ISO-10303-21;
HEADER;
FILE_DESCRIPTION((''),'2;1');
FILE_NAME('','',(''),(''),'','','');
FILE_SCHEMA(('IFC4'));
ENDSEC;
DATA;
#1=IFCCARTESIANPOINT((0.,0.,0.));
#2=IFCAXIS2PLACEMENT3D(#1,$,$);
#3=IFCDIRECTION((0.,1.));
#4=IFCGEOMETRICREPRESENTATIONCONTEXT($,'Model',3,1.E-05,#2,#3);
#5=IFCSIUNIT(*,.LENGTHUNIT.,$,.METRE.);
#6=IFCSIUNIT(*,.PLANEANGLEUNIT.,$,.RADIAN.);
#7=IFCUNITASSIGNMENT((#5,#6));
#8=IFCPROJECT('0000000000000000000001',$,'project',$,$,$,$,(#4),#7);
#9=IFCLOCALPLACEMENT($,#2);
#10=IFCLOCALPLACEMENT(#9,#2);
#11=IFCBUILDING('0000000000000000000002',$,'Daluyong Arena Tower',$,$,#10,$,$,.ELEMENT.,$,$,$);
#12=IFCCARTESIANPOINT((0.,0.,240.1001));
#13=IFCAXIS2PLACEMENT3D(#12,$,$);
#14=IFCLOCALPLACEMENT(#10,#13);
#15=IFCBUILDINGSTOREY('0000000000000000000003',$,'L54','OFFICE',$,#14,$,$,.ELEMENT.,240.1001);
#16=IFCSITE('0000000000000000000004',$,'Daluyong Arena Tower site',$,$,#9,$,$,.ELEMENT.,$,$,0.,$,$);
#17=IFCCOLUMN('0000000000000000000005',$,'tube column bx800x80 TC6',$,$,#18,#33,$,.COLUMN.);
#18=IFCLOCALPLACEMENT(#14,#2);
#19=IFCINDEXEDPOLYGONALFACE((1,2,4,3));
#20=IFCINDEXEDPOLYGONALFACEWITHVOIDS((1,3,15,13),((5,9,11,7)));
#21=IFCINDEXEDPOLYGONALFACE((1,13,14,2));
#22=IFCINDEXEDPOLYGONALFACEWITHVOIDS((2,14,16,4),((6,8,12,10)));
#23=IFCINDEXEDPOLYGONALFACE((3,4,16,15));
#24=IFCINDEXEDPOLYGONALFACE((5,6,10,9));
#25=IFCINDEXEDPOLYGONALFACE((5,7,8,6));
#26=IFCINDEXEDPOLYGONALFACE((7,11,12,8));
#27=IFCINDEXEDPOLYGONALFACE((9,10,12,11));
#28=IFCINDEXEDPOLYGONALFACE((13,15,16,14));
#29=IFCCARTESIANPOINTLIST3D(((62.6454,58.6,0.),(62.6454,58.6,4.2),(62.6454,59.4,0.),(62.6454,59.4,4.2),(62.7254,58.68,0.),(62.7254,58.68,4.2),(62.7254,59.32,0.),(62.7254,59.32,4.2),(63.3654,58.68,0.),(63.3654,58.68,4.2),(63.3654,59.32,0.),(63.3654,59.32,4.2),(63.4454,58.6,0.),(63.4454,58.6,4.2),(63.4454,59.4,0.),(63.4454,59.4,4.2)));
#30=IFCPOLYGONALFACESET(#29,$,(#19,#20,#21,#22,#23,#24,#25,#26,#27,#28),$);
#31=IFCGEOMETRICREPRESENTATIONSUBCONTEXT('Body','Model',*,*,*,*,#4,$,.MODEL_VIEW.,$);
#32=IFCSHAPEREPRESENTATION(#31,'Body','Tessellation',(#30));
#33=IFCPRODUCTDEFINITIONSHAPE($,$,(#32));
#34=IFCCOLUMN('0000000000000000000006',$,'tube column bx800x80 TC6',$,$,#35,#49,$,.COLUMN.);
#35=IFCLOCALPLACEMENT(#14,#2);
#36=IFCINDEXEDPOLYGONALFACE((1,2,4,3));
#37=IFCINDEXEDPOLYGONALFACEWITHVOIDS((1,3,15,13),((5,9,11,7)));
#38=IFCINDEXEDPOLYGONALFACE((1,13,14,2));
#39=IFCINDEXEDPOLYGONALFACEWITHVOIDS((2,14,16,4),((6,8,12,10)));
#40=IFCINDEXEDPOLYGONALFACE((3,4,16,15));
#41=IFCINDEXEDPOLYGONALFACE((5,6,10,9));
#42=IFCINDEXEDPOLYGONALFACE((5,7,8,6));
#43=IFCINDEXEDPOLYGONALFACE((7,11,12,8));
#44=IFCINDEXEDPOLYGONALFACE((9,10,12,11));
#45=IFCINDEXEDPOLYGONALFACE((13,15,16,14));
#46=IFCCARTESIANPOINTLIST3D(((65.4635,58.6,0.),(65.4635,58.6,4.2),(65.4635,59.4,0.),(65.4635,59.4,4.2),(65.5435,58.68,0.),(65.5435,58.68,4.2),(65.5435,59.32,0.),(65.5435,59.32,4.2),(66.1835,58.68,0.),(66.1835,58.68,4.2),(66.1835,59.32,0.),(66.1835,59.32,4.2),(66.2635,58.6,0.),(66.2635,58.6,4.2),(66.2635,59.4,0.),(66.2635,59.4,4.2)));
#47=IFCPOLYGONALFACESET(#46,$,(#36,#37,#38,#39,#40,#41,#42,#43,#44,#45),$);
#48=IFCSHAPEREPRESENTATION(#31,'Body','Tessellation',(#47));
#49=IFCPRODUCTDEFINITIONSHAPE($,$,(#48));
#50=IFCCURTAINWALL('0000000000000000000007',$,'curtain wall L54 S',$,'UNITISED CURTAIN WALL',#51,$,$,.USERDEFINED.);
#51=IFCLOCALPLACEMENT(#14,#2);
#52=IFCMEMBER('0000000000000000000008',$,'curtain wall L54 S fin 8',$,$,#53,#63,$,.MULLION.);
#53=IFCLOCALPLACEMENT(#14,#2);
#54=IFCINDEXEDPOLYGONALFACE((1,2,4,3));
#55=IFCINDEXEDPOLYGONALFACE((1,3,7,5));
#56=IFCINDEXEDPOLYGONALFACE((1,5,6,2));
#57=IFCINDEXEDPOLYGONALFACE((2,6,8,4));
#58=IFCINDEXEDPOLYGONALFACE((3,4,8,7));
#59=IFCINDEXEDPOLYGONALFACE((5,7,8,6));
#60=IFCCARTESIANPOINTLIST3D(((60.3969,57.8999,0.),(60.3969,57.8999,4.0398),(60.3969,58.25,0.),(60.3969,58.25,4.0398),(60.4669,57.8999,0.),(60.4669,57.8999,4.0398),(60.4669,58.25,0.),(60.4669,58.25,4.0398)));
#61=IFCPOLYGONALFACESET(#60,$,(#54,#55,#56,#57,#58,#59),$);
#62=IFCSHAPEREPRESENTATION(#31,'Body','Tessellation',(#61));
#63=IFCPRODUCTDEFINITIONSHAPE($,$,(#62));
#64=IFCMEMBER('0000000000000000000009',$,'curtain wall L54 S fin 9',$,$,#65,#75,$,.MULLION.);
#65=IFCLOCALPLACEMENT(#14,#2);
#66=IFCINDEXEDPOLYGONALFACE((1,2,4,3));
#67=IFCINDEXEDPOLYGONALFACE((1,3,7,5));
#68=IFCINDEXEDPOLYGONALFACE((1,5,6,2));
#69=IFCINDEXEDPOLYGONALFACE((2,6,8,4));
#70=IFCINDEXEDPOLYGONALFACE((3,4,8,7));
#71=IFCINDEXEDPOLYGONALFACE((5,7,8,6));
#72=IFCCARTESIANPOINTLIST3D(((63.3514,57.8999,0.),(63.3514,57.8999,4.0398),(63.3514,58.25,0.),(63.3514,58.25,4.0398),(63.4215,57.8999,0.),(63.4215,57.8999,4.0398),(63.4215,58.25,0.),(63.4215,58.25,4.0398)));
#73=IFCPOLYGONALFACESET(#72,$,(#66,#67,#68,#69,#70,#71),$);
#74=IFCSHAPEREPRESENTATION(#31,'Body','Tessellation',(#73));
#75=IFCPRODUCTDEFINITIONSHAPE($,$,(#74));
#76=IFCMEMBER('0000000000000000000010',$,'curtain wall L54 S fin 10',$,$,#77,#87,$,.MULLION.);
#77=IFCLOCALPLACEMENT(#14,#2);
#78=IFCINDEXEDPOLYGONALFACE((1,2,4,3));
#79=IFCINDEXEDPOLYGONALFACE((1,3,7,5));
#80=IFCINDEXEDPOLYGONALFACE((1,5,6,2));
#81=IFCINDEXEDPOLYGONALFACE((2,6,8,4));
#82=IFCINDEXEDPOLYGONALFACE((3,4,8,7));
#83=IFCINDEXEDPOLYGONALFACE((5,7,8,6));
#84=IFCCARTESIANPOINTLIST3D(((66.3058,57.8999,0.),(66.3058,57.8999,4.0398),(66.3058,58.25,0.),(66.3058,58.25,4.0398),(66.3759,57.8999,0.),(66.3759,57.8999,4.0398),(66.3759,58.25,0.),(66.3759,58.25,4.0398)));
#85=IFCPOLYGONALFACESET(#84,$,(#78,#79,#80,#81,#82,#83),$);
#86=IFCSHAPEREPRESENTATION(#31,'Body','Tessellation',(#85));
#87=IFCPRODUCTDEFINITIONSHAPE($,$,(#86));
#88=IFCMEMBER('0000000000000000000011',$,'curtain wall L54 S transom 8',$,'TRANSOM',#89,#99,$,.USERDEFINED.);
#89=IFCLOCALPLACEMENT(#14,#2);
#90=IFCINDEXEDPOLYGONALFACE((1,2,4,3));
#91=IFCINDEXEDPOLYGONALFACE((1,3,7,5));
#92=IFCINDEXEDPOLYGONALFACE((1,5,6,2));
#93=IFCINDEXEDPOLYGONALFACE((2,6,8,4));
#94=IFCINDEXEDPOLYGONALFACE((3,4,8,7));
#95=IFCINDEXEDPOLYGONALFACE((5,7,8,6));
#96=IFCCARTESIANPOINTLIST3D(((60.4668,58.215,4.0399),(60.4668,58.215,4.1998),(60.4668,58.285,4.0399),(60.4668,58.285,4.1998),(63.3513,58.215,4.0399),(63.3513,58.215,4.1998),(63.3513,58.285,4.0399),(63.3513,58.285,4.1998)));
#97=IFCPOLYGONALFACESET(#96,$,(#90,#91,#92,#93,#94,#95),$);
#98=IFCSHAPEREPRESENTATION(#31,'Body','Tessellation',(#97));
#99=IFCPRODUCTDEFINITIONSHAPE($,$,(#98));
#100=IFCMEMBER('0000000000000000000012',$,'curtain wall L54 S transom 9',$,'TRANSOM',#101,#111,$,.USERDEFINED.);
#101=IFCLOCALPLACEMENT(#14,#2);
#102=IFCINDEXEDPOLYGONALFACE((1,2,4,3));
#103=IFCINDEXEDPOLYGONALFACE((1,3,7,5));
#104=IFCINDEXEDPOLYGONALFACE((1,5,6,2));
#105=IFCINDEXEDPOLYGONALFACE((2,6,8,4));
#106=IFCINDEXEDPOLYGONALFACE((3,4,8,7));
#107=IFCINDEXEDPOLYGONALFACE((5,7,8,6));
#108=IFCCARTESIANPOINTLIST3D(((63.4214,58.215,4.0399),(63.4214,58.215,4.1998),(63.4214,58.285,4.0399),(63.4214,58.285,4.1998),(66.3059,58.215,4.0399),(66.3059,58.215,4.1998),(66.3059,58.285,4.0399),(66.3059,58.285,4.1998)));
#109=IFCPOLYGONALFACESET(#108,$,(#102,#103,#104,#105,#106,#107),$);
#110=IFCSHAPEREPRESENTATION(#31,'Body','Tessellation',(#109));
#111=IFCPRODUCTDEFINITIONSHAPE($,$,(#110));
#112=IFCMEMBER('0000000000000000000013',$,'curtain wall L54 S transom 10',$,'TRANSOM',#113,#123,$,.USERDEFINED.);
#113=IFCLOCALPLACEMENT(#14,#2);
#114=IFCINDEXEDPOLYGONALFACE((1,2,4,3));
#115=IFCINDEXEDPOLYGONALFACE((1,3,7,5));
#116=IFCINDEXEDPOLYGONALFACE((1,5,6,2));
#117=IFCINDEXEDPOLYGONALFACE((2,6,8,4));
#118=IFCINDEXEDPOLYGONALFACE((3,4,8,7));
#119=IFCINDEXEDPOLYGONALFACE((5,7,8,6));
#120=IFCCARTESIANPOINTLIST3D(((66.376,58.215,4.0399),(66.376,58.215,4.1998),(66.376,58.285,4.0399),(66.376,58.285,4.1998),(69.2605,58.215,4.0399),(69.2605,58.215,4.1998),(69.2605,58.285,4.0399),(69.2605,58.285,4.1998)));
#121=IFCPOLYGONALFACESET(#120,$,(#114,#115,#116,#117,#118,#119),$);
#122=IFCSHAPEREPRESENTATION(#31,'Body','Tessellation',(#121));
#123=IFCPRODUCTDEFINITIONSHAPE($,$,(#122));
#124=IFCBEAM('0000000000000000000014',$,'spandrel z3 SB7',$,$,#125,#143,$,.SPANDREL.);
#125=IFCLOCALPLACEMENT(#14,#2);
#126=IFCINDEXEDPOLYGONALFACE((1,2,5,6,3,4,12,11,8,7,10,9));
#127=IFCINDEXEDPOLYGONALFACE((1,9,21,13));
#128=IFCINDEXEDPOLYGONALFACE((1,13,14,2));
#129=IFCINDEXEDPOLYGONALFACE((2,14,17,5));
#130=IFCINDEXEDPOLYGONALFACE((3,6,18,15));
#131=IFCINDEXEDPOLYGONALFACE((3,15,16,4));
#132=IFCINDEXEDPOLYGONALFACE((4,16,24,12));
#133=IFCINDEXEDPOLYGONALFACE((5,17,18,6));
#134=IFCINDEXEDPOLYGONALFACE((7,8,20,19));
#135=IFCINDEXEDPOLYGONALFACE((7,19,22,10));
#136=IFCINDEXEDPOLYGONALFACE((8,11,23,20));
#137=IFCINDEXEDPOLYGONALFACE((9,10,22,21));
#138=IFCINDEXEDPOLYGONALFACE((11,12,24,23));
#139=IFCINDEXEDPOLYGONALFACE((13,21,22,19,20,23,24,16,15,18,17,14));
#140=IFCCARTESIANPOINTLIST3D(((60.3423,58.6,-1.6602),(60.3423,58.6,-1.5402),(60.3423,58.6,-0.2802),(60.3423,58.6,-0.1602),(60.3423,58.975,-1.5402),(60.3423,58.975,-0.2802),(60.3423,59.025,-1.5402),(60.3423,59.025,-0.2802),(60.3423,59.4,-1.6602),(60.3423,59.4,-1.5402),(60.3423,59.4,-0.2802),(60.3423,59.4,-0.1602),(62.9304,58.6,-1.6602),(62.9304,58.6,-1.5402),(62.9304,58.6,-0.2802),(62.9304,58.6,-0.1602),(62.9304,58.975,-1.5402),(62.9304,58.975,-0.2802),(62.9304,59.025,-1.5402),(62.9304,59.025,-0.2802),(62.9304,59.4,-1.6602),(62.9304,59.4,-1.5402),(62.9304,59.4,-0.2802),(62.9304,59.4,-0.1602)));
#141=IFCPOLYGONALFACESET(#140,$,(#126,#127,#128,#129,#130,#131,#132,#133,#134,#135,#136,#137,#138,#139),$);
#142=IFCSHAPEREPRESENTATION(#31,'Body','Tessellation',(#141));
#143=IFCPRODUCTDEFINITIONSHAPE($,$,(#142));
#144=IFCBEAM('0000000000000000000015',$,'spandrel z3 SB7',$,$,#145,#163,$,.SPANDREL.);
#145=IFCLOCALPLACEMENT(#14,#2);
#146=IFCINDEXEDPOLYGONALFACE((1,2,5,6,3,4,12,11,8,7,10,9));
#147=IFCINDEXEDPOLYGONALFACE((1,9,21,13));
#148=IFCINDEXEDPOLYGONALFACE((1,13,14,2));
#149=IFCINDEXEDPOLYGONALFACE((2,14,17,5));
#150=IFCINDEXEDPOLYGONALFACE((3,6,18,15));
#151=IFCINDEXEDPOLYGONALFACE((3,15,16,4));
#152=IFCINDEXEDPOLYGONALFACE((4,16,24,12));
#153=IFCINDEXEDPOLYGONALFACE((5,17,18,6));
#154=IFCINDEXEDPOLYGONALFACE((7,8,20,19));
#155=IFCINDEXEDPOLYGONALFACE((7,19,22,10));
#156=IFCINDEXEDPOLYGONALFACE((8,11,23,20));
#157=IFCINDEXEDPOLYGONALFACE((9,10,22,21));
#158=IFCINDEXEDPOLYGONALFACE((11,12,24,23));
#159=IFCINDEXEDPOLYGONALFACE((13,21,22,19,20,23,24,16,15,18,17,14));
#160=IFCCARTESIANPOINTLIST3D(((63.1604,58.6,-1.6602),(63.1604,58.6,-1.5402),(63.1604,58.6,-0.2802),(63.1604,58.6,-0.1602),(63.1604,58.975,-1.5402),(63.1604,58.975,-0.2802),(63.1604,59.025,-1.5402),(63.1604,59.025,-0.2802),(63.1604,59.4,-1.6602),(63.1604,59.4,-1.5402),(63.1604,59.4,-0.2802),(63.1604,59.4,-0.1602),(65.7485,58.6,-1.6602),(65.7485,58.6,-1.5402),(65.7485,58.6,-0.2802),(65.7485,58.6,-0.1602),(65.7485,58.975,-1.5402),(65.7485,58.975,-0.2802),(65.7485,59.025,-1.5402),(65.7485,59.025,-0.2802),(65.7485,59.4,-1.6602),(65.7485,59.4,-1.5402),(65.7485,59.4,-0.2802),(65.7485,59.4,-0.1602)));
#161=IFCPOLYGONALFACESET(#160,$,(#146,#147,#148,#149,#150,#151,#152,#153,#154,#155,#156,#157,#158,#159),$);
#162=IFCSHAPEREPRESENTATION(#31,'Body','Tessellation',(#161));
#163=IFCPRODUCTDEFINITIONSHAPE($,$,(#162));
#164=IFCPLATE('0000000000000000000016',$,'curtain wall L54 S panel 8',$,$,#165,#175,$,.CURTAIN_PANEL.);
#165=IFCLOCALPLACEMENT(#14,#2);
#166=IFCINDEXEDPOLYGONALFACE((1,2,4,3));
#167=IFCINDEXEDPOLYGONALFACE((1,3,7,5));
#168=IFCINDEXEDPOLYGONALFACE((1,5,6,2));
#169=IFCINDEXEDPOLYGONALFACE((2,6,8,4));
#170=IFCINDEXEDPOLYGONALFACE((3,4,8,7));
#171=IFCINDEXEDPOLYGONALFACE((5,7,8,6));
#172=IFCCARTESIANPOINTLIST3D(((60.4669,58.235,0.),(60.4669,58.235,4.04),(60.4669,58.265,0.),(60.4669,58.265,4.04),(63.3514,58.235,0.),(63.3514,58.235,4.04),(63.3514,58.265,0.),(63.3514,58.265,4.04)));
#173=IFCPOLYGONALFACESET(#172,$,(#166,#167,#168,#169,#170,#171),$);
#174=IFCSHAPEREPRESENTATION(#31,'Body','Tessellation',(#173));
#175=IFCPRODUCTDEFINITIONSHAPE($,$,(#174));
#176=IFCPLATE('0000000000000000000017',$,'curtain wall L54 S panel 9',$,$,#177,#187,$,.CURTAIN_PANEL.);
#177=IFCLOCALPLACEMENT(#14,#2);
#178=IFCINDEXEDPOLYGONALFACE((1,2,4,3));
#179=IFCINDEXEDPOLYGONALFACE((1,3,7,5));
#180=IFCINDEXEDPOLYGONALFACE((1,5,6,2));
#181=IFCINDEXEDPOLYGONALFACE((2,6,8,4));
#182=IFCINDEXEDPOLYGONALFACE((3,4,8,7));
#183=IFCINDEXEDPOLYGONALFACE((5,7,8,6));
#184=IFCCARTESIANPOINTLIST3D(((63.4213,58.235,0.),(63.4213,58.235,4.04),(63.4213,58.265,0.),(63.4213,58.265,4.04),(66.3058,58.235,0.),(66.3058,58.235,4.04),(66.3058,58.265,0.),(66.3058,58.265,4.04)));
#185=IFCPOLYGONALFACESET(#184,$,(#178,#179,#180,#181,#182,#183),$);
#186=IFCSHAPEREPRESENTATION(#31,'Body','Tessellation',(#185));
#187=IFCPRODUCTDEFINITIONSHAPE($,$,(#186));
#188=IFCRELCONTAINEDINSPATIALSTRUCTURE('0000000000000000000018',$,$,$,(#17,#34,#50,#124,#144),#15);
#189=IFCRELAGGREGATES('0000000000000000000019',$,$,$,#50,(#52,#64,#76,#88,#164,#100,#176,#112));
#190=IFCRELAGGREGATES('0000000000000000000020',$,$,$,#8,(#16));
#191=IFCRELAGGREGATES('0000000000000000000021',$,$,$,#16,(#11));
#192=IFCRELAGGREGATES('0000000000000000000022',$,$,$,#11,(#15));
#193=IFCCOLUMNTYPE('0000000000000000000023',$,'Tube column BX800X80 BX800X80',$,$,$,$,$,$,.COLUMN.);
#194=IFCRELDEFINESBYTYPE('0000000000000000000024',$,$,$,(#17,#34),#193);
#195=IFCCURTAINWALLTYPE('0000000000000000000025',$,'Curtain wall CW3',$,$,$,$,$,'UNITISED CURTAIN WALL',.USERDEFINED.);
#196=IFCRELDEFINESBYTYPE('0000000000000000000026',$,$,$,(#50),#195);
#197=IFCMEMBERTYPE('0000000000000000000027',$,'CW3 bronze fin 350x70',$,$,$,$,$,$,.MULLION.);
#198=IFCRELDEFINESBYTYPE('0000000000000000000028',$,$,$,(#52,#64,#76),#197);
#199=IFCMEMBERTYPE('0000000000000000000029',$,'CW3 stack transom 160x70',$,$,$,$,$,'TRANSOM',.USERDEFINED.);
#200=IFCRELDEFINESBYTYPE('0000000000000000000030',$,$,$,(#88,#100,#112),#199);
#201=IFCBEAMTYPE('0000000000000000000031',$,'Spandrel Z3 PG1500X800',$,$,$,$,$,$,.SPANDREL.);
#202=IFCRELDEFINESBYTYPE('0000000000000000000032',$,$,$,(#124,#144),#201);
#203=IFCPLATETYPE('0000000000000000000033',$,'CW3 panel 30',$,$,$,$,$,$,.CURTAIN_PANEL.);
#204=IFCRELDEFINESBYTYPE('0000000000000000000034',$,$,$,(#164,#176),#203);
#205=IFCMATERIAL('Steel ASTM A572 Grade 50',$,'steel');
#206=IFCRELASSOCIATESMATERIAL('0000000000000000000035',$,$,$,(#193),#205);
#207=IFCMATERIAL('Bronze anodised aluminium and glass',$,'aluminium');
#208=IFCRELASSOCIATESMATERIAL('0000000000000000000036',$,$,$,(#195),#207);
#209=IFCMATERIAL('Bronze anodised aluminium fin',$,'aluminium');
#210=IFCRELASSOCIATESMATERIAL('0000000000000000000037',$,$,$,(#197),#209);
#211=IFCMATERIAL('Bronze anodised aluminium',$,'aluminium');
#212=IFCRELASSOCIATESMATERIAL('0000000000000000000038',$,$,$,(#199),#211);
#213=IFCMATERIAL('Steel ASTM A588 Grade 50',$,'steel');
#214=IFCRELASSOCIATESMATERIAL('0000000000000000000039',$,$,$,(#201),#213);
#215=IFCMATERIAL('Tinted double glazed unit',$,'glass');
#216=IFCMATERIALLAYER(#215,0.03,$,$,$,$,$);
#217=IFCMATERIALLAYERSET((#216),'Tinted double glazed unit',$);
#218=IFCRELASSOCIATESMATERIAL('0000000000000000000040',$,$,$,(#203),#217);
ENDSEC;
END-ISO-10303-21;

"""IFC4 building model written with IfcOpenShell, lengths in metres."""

from ifc_helpers import new_model, si_unit, direction, frame, origin, origin_2d, place, context, subcontext, project, spatial, rectangle, hollow_rectangle, i_section, extrude, material, layer, layer_set, material_profile, profile_set, type_object, element, aggregate, save


model = new_model("IFC4")

# Units and contexts
model_context = context("Model", 3, precision=1e-05, world=origin(), true_north=direction((0.0, 1.0)))
body_context = subcontext(model_context, "Body", "Model", "MODEL_VIEW")
ifc_project = project(units=[si_unit("LENGTHUNIT", "METRE"), si_unit("PLANEANGLEUNIT", "RADIAN")], contexts=[model_context])

# Site, building, storey
site_placement = place(None, origin())
site = spatial("IfcSite", under=ifc_project, at=site_placement, Name="Daluyong Arena Tower site", CompositionType="ELEMENT", RefElevation=0.0)
building_placement = place(site_placement, origin())
building = spatial("IfcBuilding", under=site, at=building_placement, Name="Daluyong Arena Tower", CompositionType="ELEMENT")
storey_placement = place(building_placement, frame((0.0, 0.0, 240.1001)))
storey = spatial("IfcBuildingStorey", under=building, at=storey_placement, Name="L54", Description="OFFICE", CompositionType="ELEMENT", Elevation=240.1001)

# Columns
ifc_material_1 = material(Name="Steel ASTM A572 Grade 50", Category="steel")
ifc_material_profile_1 = material_profile(ifc_material_1, hollow_rectangle(XDim=0.8, YDim=0.8, WallThickness=0.08, at=origin_2d()))
ifc_profile_set_1 = profile_set([ifc_material_profile_1], Name="Steel ASTM A572 Grade 50")
column_type = type_object("IfcColumnType", Name="Tube column BX800X80 BX800X80", PredefinedType="COLUMN", material=ifc_profile_set_1)
for number, where, z_axis, x_axis, name in (
    (1, (63.0454, 59.0, 0.0), (0.0, 0.0, 1.0), (1.0, 0.0, 0.0), "tube column bx800x80 TC6"),
    (2, (65.8635, 59.0, 0.0), (0.0, 0.0, 1.0), (1.0, 0.0, 0.0), "tube column bx800x80 TC6"),
):
    element("IfcColumn", number, at=place(storey_placement, frame(where, z_axis=z_axis, x_axis=x_axis)), inside=storey, type_object=column_type, Name=name, PredefinedType="COLUMN", context=body_context, shape_type="SweptSolid", body=[
        extrude(hollow_rectangle(XDim=0.8, YDim=0.8, WallThickness=0.08, at=origin_2d()), origin(), (0.0, 0.0, 1.0), 4.2),
    ])

# Curtain wall, members
ifc_material_2 = material(Name="Bronze anodised aluminium and glass", Category="aluminium")
curtain_wall_type = type_object("IfcCurtainWallType", Name="Curtain wall CW3", ElementType="UNITISED CURTAIN WALL", PredefinedType="USERDEFINED", material=ifc_material_2)
curtain_wall_placement = place(storey_placement, origin())
curtain_wall = element("IfcCurtainWall", 3, at=curtain_wall_placement, inside=storey, type_object=curtain_wall_type, Name="curtain wall L54 S", ObjectType="UNITISED CURTAIN WALL", PredefinedType="USERDEFINED")
ifc_material_3 = material(Name="Bronze anodised aluminium fin", Category="aluminium")
ifc_material_profile_2 = material_profile(ifc_material_3, rectangle(XDim=0.3501, YDim=0.0701, at=origin_2d()))
ifc_profile_set_2 = profile_set([ifc_material_profile_2], Name="Bronze anodised aluminium fin")
member_type_1 = type_object("IfcMemberType", Name="CW3 bronze fin 350x70", PredefinedType="MULLION", material=ifc_profile_set_2)
member_1_placement = place(storey_placement, frame((60.4319, 58.075, 0.0), z_axis=(0.0, 0.0, 1.0), x_axis=(0.0, 1.0, 0.0)))
member_1 = element("IfcMember", 4, at=member_1_placement, type_object=member_type_1, Name="curtain wall L54 S fin 8", PredefinedType="MULLION", context=body_context, shape_type="SweptSolid", body=[
    extrude(rectangle(XDim=0.3501, YDim=0.0701, at=origin_2d()), origin(), (0.0, 0.0, 1.0), 4.0398),
])
member_2_placement = place(storey_placement, frame((63.3865, 58.075, 0.0), z_axis=(0.0, 0.0, 1.0), x_axis=(0.0, 1.0, 0.0)))
member_2 = element("IfcMember", 5, at=member_2_placement, type_object=member_type_1, Name="curtain wall L54 S fin 9", PredefinedType="MULLION", context=body_context, shape_type="SweptSolid", body=[
    extrude(rectangle(XDim=0.3501, YDim=0.0701, at=origin_2d()), origin(), (0.0, 0.0, 1.0), 4.0398),
])
member_3_placement = place(storey_placement, frame((66.3408, 58.075, 0.0), z_axis=(0.0, 0.0, 1.0), x_axis=(0.0, 1.0, 0.0)))
member_3 = element("IfcMember", 6, at=member_3_placement, type_object=member_type_1, Name="curtain wall L54 S fin 10", PredefinedType="MULLION", context=body_context, shape_type="SweptSolid", body=[
    extrude(rectangle(XDim=0.3501, YDim=0.0701, at=origin_2d()), origin(), (0.0, 0.0, 1.0), 4.0398),
])
ifc_material_4 = material(Name="Bronze anodised aluminium", Category="aluminium")
ifc_material_profile_3 = material_profile(ifc_material_4, rectangle(XDim=0.0701, YDim=0.1599, at=origin_2d()))
ifc_profile_set_3 = profile_set([ifc_material_profile_3], Name="Bronze anodised aluminium")
member_type_2 = type_object("IfcMemberType", Name="CW3 stack transom 160x70", ElementType="TRANSOM", PredefinedType="USERDEFINED", material=ifc_profile_set_3)
member_4_placement = place(storey_placement, frame((60.4668, 58.25, 4.1199), z_axis=(1.0, 0.0, 0.0), x_axis=(0.0, 1.0, 0.0)))
member_4 = element("IfcMember", 7, at=member_4_placement, type_object=member_type_2, Name="curtain wall L54 S transom 8", ObjectType="TRANSOM", PredefinedType="USERDEFINED", context=body_context, shape_type="SweptSolid", body=[
    extrude(rectangle(XDim=0.0701, YDim=0.1599, at=origin_2d()), origin(), (0.0, 0.0, 1.0), 2.8845),
])
member_5_placement = place(storey_placement, frame((63.4214, 58.25, 4.1199), z_axis=(1.0, 0.0, 0.0), x_axis=(0.0, 1.0, 0.0)))
member_5 = element("IfcMember", 8, at=member_5_placement, type_object=member_type_2, Name="curtain wall L54 S transom 9", ObjectType="TRANSOM", PredefinedType="USERDEFINED", context=body_context, shape_type="SweptSolid", body=[
    extrude(rectangle(XDim=0.0701, YDim=0.1599, at=origin_2d()), origin(), (0.0, 0.0, 1.0), 2.8845),
])
member_6_placement = place(storey_placement, frame((66.376, 58.25, 4.1199), z_axis=(1.0, 0.0, 0.0), x_axis=(0.0, 1.0, 0.0)))
member_6 = element("IfcMember", 9, at=member_6_placement, type_object=member_type_2, Name="curtain wall L54 S transom 10", ObjectType="TRANSOM", PredefinedType="USERDEFINED", context=body_context, shape_type="SweptSolid", body=[
    extrude(rectangle(XDim=0.0701, YDim=0.1599, at=origin_2d()), origin(), (0.0, 0.0, 1.0), 2.8845),
])

# Beams
ifc_material_5 = material(Name="Steel ASTM A588 Grade 50", Category="steel")
ifc_material_profile_4 = material_profile(ifc_material_5, i_section(OverallWidth=0.8, OverallDepth=1.5, WebThickness=0.05, FlangeThickness=0.12, at=origin_2d()))
ifc_profile_set_4 = profile_set([ifc_material_profile_4], Name="Steel ASTM A588 Grade 50")
beam_type = type_object("IfcBeamType", Name="Spandrel Z3 PG1500X800", PredefinedType="SPANDREL", material=ifc_profile_set_4)
for number, where, z_axis, x_axis, name in (
    (10, (60.3423, 59.0, -0.9102), (1.0, 0.0, 0.0), (0.0, 1.0, 0.0), "spandrel z3 SB7"),
    (11, (63.1604, 59.0, -0.9102), (1.0, 0.0, 0.0), (0.0, 1.0, 0.0), "spandrel z3 SB7"),
):
    element("IfcBeam", number, at=place(storey_placement, frame(where, z_axis=z_axis, x_axis=x_axis)), inside=storey, type_object=beam_type, Name=name, PredefinedType="SPANDREL", context=body_context, shape_type="SweptSolid", body=[
        extrude(i_section(OverallWidth=0.8, OverallDepth=1.5, WebThickness=0.05, FlangeThickness=0.12, at=origin_2d()), origin(), (0.0, 0.0, 1.0), 2.5881),
    ])

# Plates
ifc_material_6 = material(Name="Tinted double glazed unit", Category="glass")
ifc_layer = layer(ifc_material_6, 0.03)
ifc_layer_set = layer_set([ifc_layer], Name="Tinted double glazed unit")
plate_type = type_object("IfcPlateType", Name="CW3 panel 30", PredefinedType="CURTAIN_PANEL", material=ifc_layer_set)
plate_1_placement = place(storey_placement, frame((61.9092, 58.25, 0.0), z_axis=(0.0, 0.0, 1.0), x_axis=(1.0, 0.0, 0.0)))
plate_1 = element("IfcPlate", 12, at=plate_1_placement, type_object=plate_type, Name="curtain wall L54 S panel 8", PredefinedType="CURTAIN_PANEL", context=body_context, shape_type="SweptSolid", body=[
    extrude(rectangle(XDim=2.8845, YDim=0.03, at=origin_2d()), origin(), (0.0, 0.0, 1.0), 4.04),
])
plate_2_placement = place(storey_placement, frame((64.8635, 58.25, 0.0), z_axis=(0.0, 0.0, 1.0), x_axis=(1.0, 0.0, 0.0)))
plate_2 = element("IfcPlate", 13, at=plate_2_placement, type_object=plate_type, Name="curtain wall L54 S panel 9", PredefinedType="CURTAIN_PANEL", context=body_context, shape_type="SweptSolid", body=[
    extrude(rectangle(XDim=2.8845, YDim=0.03, at=origin_2d()), origin(), (0.0, 0.0, 1.0), 4.04),
])
aggregate(curtain_wall, [member_1, member_2, member_3, member_4, plate_1, member_5, plate_2, member_6])

save(model, "model.ifc")
